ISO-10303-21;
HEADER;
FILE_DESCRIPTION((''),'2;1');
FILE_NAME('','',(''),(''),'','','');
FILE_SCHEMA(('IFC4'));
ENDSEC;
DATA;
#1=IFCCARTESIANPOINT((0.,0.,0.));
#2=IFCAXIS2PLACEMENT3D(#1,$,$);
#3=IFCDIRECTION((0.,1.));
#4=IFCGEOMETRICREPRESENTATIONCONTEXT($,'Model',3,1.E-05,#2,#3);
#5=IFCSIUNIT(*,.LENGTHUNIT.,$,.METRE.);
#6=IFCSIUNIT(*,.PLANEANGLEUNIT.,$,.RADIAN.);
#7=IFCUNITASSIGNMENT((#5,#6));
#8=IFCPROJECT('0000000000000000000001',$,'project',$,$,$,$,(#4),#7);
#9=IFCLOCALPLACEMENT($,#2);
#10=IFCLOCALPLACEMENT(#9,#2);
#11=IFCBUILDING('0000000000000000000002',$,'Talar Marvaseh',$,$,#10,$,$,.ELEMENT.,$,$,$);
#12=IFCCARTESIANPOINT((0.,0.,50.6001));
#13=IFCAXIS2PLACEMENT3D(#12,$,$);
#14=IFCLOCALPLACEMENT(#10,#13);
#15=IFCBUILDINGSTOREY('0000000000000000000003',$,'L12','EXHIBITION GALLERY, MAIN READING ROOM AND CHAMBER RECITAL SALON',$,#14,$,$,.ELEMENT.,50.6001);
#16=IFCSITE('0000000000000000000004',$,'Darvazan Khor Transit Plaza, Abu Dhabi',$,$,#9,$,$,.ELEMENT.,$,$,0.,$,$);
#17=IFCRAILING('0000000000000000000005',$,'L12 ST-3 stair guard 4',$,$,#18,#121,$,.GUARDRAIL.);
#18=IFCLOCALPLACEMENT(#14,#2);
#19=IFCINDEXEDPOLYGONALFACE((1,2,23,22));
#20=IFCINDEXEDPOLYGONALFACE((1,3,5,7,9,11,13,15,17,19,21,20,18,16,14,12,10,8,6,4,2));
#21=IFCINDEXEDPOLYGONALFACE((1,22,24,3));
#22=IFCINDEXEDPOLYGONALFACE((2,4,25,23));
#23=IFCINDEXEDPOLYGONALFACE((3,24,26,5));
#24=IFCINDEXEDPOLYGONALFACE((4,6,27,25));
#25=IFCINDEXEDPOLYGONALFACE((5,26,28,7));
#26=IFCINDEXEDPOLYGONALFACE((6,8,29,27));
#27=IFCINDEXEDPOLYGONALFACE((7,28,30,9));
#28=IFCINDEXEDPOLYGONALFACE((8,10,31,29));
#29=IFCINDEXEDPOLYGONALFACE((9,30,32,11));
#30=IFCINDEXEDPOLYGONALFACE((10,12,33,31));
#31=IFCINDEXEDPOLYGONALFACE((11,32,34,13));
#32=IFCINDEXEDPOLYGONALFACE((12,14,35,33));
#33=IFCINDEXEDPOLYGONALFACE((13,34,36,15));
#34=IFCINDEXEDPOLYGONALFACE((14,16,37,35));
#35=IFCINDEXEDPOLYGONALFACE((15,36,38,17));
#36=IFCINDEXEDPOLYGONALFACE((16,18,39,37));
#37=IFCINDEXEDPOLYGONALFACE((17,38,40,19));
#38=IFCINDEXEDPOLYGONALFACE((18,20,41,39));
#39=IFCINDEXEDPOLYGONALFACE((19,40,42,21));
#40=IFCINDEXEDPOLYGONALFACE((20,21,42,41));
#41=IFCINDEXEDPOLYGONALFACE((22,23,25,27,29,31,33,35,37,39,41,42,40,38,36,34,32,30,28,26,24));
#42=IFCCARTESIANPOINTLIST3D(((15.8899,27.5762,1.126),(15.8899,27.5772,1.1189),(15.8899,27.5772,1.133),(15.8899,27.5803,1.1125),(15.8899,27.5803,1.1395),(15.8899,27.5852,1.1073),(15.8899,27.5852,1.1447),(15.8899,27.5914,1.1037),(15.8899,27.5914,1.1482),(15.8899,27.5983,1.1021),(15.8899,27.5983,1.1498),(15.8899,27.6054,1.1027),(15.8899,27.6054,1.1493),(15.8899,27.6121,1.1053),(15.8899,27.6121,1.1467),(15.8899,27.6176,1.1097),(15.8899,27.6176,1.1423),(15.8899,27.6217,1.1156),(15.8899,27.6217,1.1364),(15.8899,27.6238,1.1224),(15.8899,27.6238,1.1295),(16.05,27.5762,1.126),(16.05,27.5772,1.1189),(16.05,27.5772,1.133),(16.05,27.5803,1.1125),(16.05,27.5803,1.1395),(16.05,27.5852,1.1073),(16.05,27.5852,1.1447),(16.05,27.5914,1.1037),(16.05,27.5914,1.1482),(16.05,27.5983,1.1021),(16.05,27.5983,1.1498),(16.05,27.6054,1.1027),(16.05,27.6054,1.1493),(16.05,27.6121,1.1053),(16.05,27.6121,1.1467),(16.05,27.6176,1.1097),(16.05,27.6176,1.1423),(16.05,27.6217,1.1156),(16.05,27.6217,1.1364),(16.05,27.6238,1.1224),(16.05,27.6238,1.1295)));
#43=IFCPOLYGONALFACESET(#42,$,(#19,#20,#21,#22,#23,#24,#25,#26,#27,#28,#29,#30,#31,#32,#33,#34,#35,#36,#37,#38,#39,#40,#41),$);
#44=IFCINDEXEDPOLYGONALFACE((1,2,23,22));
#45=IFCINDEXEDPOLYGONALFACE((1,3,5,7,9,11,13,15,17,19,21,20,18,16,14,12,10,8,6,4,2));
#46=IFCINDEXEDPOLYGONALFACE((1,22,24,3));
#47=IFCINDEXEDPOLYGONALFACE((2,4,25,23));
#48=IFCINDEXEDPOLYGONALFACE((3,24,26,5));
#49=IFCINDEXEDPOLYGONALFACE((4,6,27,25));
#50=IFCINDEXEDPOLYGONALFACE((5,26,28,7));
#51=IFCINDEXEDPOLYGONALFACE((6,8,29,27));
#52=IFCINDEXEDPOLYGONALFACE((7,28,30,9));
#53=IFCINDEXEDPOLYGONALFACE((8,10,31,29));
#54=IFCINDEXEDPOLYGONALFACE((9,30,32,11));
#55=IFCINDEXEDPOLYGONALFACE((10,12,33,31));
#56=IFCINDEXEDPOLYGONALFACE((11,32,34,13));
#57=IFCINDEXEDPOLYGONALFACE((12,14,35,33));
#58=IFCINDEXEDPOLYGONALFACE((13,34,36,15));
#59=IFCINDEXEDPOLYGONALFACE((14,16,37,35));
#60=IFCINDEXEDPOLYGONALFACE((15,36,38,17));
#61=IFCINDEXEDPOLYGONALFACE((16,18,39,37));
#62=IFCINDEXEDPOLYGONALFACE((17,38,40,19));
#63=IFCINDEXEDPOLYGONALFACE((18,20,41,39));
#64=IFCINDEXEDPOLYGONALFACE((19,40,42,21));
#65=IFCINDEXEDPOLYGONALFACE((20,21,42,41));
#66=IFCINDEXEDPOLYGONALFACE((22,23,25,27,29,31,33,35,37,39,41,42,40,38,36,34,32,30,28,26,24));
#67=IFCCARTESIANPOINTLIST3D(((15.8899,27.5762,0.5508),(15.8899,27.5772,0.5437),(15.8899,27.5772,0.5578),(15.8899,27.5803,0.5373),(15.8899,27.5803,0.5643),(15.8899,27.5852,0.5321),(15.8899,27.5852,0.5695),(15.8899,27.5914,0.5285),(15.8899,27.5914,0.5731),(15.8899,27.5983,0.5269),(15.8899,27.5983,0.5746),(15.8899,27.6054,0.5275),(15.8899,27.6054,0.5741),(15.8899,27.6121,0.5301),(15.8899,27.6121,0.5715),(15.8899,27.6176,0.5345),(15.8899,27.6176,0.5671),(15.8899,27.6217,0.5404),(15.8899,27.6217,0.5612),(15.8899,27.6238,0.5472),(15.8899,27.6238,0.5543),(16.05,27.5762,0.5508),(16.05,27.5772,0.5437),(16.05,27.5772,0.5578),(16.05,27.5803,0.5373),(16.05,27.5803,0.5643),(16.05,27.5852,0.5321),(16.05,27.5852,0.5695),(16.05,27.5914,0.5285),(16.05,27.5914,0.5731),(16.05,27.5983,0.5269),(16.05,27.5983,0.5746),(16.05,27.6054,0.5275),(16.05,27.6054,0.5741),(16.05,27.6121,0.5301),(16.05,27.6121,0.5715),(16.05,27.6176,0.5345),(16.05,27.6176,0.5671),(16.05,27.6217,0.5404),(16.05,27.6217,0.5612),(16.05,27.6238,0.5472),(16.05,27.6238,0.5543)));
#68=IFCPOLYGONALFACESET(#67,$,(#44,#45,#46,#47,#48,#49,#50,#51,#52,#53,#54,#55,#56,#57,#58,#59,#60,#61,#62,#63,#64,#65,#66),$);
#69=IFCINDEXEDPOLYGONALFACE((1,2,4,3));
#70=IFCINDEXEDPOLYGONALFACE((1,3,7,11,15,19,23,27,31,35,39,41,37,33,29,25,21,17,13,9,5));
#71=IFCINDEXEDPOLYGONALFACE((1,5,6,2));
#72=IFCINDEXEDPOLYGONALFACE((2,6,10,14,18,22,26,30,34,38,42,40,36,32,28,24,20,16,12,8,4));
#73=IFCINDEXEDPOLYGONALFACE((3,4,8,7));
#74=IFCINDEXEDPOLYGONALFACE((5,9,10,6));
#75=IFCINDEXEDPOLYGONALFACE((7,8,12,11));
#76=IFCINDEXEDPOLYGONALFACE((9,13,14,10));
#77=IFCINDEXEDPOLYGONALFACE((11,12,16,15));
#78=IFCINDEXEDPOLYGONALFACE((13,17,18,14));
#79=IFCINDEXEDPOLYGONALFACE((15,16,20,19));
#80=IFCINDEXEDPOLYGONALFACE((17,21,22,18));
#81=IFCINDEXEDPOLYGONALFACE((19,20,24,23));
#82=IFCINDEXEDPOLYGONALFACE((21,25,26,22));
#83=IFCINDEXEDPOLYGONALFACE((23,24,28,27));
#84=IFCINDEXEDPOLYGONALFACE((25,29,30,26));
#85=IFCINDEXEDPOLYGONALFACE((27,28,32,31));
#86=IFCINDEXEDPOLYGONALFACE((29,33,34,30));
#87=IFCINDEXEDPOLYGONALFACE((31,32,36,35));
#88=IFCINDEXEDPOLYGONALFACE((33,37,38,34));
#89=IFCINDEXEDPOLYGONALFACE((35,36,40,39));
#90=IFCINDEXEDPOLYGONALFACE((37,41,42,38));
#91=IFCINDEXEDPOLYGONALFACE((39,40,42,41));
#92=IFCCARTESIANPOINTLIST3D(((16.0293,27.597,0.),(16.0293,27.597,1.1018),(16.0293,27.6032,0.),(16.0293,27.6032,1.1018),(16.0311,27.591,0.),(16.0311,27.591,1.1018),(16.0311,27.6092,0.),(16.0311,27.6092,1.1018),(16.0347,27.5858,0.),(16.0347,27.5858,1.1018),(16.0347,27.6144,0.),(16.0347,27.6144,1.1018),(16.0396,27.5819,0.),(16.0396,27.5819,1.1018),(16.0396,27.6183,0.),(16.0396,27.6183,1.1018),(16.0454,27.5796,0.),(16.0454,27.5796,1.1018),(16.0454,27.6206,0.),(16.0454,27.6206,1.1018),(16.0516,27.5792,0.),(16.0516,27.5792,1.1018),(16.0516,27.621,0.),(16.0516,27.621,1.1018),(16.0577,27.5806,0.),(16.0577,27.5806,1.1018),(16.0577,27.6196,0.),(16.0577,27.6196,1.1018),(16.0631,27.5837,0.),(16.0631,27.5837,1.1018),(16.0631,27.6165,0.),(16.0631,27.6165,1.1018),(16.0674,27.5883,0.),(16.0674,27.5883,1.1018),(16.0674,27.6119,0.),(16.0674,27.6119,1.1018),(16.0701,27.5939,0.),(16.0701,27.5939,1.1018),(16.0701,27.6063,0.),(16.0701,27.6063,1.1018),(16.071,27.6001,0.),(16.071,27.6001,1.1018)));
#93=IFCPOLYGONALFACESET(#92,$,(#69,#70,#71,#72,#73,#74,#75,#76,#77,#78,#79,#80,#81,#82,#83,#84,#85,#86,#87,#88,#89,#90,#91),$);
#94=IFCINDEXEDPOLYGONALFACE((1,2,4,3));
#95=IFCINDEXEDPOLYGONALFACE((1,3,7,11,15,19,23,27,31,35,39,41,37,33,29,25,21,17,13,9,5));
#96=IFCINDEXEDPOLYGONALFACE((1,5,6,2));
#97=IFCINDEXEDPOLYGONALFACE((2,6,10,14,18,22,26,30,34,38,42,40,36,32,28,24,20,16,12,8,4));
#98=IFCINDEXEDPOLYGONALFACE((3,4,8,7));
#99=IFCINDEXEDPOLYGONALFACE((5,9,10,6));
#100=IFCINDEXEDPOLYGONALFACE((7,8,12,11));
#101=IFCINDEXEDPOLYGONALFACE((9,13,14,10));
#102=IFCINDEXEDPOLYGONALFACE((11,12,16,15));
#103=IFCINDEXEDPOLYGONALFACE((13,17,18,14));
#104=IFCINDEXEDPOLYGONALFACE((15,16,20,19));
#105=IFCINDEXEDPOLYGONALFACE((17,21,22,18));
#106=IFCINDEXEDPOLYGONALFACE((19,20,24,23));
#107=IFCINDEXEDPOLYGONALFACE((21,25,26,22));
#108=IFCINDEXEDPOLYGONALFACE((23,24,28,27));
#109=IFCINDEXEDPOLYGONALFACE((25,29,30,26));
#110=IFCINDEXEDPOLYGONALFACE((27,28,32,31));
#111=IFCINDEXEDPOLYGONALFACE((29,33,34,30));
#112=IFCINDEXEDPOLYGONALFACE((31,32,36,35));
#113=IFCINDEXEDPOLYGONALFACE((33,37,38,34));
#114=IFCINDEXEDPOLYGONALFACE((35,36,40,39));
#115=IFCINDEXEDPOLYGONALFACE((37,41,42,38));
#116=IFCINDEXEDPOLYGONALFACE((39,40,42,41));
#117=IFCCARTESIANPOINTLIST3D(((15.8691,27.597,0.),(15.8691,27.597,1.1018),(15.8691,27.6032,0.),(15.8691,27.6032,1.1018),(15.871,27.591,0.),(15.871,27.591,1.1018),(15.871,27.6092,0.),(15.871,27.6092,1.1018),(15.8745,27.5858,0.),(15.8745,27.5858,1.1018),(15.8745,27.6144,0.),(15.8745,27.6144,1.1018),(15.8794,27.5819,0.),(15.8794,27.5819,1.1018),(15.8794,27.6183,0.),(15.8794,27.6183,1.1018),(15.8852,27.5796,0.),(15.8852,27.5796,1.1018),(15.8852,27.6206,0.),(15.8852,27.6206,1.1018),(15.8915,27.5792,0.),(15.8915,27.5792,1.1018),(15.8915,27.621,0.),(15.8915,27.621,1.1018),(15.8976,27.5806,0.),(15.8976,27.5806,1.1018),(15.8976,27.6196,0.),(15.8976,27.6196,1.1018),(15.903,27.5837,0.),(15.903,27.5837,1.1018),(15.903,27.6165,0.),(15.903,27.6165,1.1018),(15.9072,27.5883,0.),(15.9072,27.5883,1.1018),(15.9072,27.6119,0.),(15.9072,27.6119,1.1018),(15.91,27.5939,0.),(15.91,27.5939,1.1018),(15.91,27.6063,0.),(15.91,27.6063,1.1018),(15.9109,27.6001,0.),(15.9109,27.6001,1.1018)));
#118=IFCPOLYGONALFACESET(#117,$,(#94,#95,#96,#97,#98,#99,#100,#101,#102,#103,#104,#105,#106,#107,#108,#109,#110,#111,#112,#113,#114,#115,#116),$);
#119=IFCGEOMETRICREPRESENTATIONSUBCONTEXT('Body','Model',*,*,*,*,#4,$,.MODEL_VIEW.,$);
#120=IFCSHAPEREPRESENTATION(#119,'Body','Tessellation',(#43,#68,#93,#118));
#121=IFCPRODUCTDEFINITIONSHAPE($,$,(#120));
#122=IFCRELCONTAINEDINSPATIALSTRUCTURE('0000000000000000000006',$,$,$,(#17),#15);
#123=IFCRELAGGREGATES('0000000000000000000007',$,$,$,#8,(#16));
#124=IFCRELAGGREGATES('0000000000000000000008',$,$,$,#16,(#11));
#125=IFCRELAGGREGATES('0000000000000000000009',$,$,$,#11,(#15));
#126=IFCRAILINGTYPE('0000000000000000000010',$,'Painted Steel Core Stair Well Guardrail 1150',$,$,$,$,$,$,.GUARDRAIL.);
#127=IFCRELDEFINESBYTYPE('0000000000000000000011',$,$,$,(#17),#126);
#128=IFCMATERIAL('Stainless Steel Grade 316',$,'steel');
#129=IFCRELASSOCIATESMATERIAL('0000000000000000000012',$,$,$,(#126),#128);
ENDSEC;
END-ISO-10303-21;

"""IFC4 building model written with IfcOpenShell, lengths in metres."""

from ifc_helpers import new_model, si_unit, direction, frame, origin, origin_2d, place, context, subcontext, project, spatial, circle, extrude, material, type_object, element, save


model = new_model("IFC4")

# Units and contexts
model_context = context("Model", 3, precision=1e-05, world=origin(), true_north=direction((0.0, 1.0)))
body_context = subcontext(model_context, "Body", "Model", "MODEL_VIEW")
ifc_project = project(units=[si_unit("LENGTHUNIT", "METRE"), si_unit("PLANEANGLEUNIT", "RADIAN")], contexts=[model_context])

# Site, building, storey
site_placement = place(None, origin())
site = spatial("IfcSite", under=ifc_project, at=site_placement, Name="Darvazan Khor Transit Plaza, Abu Dhabi", CompositionType="ELEMENT", RefElevation=0.0)
building_placement = place(site_placement, origin())
building = spatial("IfcBuilding", under=site, at=building_placement, Name="Talar Marvaseh", CompositionType="ELEMENT")
storey_placement = place(building_placement, frame((0.0, 0.0, 50.6001)))
storey = spatial("IfcBuildingStorey", under=building, at=storey_placement, Name="L12", Description="EXHIBITION GALLERY, MAIN READING ROOM AND CHAMBER RECITAL SALON", CompositionType="ELEMENT", Elevation=50.6001)

# Railing
ifc_material_1 = material(Name="Stainless Steel Grade 316", Category="steel")
railing_type_1 = type_object("IfcRailingType", Name="Painted Steel Core Stair Well Guardrail 1150", PredefinedType="GUARDRAIL", material=ifc_material_1)
railing_1_placement = place(storey_placement, frame((16.05, 27.6001, 0.0)))
element("IfcRailing", 1, at=railing_1_placement, inside=storey, type_object=railing_type_1, Name="L12 ST-3 stair guard 4", PredefinedType="GUARDRAIL", context=body_context, shape_type="SweptSolid", body=[
    extrude(circle(Radius=0.0239, at=origin_2d()), frame((0.0, 0.0, 1.126), z_axis=(-1.0, 0.0, 0.0), x_axis=(0.0, -1.0, 0.0)), (0.0, 0.0, 1.0), 0.1602),
    extrude(circle(Radius=0.0239, at=origin_2d()), frame((0.0, 0.0, 0.5508), z_axis=(-1.0, 0.0, 0.0), x_axis=(0.0, -1.0, 0.0)), (0.0, 0.0, 1.0), 0.1602),
    extrude(circle(Radius=0.021, at=origin_2d()), origin(), (0.0, 0.0, 1.0), 1.1018),
    extrude(circle(Radius=0.021, at=origin_2d()), frame((-0.1602, 0.0, 0.0)), (0.0, 0.0, 1.0), 1.1018),
])

save(model, "model.ifc")
